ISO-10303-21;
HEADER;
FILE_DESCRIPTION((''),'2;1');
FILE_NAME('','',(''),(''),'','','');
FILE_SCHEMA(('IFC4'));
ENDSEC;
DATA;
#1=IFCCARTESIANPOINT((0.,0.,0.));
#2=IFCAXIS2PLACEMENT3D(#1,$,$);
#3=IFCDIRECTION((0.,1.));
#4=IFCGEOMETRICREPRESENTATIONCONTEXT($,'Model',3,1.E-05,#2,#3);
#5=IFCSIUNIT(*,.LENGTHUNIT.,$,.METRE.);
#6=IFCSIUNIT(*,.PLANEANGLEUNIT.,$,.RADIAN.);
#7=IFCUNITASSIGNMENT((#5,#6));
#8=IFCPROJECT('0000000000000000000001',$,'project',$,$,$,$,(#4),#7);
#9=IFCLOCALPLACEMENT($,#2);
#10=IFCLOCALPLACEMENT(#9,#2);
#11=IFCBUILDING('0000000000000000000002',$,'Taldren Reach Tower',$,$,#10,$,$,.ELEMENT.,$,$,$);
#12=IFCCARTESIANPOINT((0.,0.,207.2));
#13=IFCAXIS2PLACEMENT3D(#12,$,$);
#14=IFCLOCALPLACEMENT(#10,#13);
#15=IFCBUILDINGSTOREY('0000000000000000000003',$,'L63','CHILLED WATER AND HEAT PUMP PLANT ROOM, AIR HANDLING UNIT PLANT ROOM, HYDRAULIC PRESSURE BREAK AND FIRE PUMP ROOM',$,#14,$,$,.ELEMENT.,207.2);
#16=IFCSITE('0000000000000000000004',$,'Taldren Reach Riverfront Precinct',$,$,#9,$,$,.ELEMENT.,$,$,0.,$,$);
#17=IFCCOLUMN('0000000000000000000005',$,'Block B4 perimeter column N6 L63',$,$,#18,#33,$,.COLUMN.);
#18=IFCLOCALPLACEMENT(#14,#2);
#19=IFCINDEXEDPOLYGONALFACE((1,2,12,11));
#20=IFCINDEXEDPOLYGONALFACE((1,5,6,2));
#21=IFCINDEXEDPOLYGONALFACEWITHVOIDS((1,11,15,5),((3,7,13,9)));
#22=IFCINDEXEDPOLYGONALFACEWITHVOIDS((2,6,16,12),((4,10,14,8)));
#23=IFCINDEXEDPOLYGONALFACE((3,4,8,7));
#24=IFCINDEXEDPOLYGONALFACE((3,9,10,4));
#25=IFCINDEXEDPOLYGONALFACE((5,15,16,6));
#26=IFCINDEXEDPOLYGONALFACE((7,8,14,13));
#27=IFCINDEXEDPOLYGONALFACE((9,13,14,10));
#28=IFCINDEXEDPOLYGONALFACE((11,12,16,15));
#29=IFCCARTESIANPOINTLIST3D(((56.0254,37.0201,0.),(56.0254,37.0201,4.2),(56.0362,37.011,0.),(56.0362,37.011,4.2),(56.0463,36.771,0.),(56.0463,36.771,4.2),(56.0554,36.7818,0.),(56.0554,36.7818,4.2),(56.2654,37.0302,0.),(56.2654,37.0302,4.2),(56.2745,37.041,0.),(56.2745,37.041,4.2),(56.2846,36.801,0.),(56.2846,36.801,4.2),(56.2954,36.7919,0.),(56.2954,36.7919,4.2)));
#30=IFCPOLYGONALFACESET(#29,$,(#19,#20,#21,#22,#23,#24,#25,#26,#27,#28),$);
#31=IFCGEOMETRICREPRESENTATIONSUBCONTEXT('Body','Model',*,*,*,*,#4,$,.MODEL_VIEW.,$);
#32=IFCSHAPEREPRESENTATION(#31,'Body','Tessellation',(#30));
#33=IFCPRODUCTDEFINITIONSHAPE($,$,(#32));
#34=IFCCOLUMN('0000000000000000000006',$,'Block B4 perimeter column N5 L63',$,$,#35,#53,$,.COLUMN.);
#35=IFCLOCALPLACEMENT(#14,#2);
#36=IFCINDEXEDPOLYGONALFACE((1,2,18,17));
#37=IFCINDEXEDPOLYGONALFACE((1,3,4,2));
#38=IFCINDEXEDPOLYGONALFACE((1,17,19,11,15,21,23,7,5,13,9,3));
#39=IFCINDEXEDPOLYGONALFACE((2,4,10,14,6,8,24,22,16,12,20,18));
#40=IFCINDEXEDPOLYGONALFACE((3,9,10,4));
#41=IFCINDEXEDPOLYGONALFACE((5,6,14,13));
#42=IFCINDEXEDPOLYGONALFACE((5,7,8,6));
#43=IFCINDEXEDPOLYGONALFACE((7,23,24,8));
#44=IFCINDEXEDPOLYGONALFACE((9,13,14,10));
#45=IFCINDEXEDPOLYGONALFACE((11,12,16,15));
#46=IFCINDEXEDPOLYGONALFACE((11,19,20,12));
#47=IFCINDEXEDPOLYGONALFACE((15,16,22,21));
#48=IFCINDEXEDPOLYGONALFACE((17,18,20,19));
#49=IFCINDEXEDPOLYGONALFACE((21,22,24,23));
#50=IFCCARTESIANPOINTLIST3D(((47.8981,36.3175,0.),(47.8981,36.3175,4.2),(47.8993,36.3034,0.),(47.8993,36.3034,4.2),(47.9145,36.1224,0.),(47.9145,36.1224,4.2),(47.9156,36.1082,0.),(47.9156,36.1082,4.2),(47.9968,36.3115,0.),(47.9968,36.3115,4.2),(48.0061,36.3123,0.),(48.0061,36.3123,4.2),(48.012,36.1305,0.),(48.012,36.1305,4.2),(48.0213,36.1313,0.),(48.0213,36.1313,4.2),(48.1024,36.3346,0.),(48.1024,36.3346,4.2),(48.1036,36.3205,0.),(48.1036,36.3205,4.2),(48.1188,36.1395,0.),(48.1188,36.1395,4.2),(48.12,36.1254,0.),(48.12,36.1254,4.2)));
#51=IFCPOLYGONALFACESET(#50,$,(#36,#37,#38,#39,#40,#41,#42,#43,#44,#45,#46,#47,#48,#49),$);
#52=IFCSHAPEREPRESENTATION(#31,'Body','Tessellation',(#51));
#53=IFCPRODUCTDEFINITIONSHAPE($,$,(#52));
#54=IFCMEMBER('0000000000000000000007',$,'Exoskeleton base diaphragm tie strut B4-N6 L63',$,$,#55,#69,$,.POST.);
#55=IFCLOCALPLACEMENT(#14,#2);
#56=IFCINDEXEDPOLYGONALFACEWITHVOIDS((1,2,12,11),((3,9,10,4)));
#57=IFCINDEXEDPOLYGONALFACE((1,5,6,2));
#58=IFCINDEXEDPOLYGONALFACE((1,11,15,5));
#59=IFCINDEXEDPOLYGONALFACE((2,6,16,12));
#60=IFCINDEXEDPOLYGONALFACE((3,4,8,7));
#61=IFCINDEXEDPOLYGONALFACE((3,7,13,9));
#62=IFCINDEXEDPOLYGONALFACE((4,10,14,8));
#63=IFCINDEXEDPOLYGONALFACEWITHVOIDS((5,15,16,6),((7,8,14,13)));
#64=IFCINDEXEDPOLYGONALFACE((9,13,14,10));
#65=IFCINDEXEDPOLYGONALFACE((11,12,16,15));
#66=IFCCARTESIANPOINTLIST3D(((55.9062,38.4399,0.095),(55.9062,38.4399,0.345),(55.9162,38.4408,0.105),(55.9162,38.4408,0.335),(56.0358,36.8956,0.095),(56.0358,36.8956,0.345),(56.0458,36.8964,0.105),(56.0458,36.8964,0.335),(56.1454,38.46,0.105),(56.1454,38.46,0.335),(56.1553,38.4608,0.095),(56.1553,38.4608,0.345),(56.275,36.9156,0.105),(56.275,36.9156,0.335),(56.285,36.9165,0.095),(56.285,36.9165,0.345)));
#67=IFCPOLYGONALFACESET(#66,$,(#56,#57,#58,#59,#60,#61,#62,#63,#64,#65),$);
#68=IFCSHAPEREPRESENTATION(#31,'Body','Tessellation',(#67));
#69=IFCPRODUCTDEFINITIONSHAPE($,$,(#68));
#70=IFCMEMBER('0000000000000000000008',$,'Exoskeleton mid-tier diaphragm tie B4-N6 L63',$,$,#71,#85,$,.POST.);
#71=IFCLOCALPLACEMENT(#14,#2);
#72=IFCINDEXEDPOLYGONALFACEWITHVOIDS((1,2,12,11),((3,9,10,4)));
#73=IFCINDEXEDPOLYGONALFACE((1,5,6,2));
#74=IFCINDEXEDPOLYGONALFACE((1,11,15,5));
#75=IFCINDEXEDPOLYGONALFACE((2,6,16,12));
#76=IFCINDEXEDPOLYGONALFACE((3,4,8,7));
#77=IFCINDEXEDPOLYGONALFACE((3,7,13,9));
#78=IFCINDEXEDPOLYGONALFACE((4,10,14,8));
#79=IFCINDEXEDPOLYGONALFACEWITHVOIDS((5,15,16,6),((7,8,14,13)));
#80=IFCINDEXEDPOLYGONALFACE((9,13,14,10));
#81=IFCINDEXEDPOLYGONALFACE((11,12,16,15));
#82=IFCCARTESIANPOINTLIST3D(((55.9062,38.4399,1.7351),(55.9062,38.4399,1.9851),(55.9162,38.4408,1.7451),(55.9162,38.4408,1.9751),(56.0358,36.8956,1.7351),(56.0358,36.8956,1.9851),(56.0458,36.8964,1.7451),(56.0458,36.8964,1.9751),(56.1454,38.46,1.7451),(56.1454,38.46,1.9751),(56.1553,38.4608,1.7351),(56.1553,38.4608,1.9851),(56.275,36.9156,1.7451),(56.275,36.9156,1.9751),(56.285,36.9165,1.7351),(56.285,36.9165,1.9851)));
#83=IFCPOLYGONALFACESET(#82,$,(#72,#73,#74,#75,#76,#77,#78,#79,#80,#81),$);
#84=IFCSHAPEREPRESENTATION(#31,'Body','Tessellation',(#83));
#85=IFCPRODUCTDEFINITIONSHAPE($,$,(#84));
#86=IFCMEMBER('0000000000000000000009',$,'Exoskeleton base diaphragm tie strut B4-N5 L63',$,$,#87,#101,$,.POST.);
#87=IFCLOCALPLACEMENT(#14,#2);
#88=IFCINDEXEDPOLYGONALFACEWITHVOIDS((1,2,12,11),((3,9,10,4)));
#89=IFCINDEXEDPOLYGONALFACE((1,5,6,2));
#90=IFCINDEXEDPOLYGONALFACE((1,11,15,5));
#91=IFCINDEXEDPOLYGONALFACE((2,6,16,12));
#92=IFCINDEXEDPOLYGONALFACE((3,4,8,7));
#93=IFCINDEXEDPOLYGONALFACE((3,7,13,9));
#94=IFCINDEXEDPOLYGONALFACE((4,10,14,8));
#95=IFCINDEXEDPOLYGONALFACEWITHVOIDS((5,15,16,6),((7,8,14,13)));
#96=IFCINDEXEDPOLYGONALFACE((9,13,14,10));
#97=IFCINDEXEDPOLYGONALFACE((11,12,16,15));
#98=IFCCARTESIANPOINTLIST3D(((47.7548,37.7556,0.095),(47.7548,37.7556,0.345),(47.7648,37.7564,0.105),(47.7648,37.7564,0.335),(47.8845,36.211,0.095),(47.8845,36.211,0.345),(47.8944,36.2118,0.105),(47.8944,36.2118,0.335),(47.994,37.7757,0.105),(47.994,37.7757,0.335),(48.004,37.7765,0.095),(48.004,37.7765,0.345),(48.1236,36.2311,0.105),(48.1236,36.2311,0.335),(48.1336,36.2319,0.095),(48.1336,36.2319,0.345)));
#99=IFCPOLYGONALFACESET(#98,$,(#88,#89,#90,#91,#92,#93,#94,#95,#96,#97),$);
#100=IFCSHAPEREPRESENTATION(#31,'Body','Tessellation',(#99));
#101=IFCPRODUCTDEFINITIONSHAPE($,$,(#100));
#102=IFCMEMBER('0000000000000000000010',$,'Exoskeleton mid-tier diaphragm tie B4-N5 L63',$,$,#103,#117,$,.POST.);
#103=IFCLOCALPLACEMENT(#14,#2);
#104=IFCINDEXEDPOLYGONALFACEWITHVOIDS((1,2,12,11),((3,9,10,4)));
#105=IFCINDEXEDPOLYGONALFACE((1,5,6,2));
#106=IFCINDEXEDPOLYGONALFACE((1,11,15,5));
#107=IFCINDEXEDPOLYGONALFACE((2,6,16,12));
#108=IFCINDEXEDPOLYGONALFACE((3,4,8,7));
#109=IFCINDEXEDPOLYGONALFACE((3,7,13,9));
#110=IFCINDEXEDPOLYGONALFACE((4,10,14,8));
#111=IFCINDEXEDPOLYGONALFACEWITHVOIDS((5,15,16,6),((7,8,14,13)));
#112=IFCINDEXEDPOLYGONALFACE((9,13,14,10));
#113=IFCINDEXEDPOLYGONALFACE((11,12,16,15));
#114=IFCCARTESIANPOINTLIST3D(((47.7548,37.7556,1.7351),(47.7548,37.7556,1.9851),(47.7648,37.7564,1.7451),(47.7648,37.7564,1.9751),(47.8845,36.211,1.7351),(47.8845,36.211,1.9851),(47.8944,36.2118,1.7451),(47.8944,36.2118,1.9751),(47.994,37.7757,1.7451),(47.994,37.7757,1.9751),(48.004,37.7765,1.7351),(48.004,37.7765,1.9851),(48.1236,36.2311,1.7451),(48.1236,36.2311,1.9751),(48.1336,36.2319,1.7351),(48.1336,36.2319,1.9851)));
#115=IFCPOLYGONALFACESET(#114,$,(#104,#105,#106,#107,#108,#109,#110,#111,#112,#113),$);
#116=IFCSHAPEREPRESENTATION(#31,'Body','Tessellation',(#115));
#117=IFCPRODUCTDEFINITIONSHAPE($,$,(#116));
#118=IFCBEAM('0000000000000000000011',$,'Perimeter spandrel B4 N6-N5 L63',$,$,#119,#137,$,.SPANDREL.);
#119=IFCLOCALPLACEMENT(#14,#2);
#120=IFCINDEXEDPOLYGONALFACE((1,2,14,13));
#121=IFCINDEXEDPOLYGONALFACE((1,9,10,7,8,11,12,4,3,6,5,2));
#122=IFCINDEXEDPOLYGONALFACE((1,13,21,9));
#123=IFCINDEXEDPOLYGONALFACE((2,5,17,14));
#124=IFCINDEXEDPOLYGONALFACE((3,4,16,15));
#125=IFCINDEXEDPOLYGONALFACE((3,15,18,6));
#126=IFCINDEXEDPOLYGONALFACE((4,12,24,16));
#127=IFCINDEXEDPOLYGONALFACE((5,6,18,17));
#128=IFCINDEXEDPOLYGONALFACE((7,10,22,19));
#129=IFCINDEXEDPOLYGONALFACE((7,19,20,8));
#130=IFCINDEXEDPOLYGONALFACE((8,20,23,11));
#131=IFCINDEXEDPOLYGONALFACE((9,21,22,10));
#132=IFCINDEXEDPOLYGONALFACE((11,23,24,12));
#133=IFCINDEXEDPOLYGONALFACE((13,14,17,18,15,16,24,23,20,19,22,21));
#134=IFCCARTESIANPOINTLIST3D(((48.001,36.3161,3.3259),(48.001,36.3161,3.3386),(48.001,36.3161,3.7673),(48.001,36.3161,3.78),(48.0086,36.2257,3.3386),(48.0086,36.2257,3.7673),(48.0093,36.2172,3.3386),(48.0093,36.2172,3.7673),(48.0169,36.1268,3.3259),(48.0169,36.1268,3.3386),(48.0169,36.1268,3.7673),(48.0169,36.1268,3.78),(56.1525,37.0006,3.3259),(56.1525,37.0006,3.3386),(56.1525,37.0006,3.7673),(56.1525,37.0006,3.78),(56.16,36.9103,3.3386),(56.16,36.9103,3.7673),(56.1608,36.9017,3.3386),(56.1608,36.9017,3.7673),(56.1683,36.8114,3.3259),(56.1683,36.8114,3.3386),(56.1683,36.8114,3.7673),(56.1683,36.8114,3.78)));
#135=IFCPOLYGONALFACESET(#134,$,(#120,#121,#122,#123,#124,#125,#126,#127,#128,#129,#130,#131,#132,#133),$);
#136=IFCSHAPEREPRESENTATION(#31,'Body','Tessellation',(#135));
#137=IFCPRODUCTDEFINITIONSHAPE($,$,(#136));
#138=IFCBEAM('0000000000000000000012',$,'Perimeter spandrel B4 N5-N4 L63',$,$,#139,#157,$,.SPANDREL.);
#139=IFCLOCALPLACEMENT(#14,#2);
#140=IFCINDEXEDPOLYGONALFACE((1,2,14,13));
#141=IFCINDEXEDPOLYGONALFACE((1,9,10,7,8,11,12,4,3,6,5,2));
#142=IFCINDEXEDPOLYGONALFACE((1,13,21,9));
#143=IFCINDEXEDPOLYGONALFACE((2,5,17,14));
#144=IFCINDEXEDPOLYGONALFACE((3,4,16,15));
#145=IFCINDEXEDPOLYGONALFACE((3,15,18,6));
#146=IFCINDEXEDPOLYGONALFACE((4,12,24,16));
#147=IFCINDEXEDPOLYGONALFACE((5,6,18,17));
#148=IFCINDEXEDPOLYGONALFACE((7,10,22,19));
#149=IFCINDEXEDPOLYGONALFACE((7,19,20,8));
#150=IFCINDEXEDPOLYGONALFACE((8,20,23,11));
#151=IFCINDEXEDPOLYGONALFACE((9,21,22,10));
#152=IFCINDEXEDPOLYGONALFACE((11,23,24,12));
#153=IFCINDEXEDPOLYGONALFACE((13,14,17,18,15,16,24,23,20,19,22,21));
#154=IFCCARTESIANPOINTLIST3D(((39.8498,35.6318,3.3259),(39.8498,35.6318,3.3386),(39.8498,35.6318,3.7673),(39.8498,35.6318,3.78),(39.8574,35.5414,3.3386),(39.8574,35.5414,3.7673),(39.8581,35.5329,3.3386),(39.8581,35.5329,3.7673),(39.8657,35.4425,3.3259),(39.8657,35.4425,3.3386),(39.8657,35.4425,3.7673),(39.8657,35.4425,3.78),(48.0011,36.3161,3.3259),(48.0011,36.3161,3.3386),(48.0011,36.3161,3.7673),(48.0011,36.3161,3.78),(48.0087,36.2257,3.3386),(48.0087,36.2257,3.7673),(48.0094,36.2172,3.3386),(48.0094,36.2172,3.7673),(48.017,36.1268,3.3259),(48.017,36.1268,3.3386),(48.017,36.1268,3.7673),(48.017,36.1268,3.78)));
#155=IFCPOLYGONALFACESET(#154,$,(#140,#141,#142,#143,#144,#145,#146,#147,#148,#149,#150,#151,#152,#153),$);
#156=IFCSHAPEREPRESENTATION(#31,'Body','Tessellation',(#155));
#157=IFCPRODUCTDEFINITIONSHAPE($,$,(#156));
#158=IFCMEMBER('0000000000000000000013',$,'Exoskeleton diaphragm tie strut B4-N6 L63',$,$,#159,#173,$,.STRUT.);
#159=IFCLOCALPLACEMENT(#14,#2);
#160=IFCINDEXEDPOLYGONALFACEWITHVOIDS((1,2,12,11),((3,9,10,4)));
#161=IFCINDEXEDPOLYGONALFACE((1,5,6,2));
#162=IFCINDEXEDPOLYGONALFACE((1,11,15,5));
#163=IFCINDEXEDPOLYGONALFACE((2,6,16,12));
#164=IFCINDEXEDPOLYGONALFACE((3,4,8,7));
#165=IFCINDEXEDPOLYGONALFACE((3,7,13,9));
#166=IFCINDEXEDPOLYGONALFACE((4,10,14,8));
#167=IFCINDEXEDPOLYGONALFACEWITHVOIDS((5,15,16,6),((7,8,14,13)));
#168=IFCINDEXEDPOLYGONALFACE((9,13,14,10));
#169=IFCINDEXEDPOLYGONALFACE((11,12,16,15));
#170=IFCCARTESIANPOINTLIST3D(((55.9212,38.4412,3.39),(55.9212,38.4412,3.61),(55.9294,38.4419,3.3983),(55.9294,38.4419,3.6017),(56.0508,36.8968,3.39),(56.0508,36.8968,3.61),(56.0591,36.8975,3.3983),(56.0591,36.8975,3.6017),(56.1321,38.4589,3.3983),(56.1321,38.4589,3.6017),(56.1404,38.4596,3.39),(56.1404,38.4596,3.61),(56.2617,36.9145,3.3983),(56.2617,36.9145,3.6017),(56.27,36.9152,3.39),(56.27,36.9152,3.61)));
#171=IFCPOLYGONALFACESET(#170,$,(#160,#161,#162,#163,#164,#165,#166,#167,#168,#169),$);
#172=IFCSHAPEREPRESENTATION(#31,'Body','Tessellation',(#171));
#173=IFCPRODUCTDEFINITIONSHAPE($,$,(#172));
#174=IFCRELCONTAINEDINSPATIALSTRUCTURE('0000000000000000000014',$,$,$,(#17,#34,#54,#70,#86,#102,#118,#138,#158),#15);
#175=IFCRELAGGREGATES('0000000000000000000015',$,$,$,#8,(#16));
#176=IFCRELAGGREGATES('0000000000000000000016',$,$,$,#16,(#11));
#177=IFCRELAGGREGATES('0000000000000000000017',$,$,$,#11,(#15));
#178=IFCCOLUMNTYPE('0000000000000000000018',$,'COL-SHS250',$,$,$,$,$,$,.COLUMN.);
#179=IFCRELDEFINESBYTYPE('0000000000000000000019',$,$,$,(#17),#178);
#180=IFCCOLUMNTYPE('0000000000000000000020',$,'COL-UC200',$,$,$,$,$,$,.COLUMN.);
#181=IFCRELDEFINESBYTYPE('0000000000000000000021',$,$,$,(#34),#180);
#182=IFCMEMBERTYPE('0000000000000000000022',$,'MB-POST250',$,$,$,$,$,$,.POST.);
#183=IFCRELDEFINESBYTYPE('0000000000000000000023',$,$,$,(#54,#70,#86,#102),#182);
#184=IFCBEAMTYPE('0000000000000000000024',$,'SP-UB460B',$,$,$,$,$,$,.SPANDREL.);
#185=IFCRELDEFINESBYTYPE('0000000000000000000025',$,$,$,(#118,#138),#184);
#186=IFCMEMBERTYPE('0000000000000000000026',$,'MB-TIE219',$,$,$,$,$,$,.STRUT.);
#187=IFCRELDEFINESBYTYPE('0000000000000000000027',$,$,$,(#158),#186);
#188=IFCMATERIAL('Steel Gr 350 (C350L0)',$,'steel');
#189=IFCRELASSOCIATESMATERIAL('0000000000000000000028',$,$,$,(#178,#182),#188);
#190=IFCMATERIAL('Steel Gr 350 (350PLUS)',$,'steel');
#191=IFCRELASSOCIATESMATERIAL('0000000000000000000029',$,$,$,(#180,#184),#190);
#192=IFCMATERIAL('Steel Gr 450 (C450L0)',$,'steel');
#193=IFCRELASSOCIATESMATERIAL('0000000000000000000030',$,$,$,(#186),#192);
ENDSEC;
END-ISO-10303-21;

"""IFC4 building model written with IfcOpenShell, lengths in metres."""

from ifc_helpers import new_model, si_unit, direction, frame, origin, origin_2d, place, context, subcontext, project, spatial, hollow_rectangle, i_section, extrude, source, transform, mapped, material, material_profile, profile_set, type_object, element, save


model = new_model("IFC4")

# Units and contexts
model_context = context("Model", 3, precision=1e-05, world=origin(), true_north=direction((0.0, 1.0)))
body_context = subcontext(model_context, "Body", "Model", "MODEL_VIEW")
ifc_project = project(units=[si_unit("LENGTHUNIT", "METRE"), si_unit("PLANEANGLEUNIT", "RADIAN")], contexts=[model_context])

# Site, building, storey
site_placement = place(None, origin())
site = spatial("IfcSite", under=ifc_project, at=site_placement, Name="Taldren Reach Riverfront Precinct", CompositionType="ELEMENT", RefElevation=0.0)
building_placement = place(site_placement, origin())
building = spatial("IfcBuilding", under=site, at=building_placement, Name="Taldren Reach Tower", CompositionType="ELEMENT")
storey_placement = place(building_placement, frame((0.0, 0.0, 207.2)))
storey = spatial("IfcBuildingStorey", under=building, at=storey_placement, Name="L63", Description="CHILLED WATER AND HEAT PUMP PLANT ROOM, AIR HANDLING UNIT PLANT ROOM, HYDRAULIC PRESSURE BREAK AND FIRE PUMP ROOM", CompositionType="ELEMENT", Elevation=207.2)

# Columns
ifc_material_1 = material(Name="Steel Gr 350 (C350L0)", Category="steel")
ifc_material_profile_1 = material_profile(ifc_material_1, hollow_rectangle(XDim=0.25, YDim=0.25, WallThickness=0.01, at=origin_2d()), Name="250x250x10.0SHS")
ifc_profile_set_1 = profile_set([ifc_material_profile_1], Name="Steel Gr 350 (C350L0)")
column_type_1 = type_object("IfcColumnType", Name="COL-SHS250", PredefinedType="COLUMN", material=ifc_profile_set_1)
shared_shape_1 = source(origin(), body_context, "Body", "SweptSolid", [
    extrude(hollow_rectangle(XDim=0.25, YDim=0.25, WallThickness=0.01, at=origin_2d()), origin(), (0.0, 0.0, 1.0), 4.2),
])
column_1_placement = place(storey_placement, frame((56.1604, 36.906, 0.0), z_axis=(0.0, 0.0, 1.0), x_axis=(0.996493, 0.083678, 0.0)))
element("IfcColumn", 1, at=column_1_placement, inside=storey, type_object=column_type_1, Name="Block B4 perimeter column N6 L63", PredefinedType="COLUMN", context=body_context, shape_type="MappedRepresentation", body=[
    mapped(shared_shape_1, transform((0.0, 0.0, 0.0), scale=1.0)),
])
ifc_material_2 = material(Name="Steel Gr 350 (350PLUS)", Category="steel")
ifc_material_profile_2 = material_profile(ifc_material_2, i_section(OverallWidth=0.2051, OverallDepth=0.21, WebThickness=0.0093, FlangeThickness=0.0142, at=origin_2d()), Name="200UC59.5")
ifc_profile_set_2 = profile_set([ifc_material_profile_2], Name="Steel Gr 350 (350PLUS)")
column_type_2 = type_object("IfcColumnType", Name="COL-UC200", PredefinedType="COLUMN", material=ifc_profile_set_2)
shared_shape_2 = source(origin(), body_context, "Body", "SweptSolid", [
    extrude(i_section(OverallWidth=0.2051, OverallDepth=0.21, WebThickness=0.0093, FlangeThickness=0.0142, at=origin_2d()), origin(), (0.0, 0.0, 1.0), 4.2),
])
column_2_placement = place(storey_placement, frame((48.009, 36.2214, 0.0), z_axis=(0.0, 0.0, 1.0), x_axis=(0.996493, 0.083678, 0.0)))
element("IfcColumn", 2, at=column_2_placement, inside=storey, type_object=column_type_2, Name="Block B4 perimeter column N5 L63", PredefinedType="COLUMN", context=body_context, shape_type="MappedRepresentation", body=[
    mapped(shared_shape_2, transform((0.0, 0.0, 0.0), scale=1.0)),
])

# Members
ifc_material_profile_3 = material_profile(ifc_material_1, hollow_rectangle(XDim=0.25, YDim=0.25, WallThickness=0.01, at=origin_2d()), Name="250x250x10.0SHS")
ifc_profile_set_3 = profile_set([ifc_material_profile_3], Name="Steel Gr 350 (C350L0)")
member_type_1 = type_object("IfcMemberType", Name="MB-POST250", PredefinedType="POST", material=ifc_profile_set_3)
shared_shape_3 = source(origin(), body_context, "Body", "SweptSolid", [
    extrude(hollow_rectangle(XDim=0.25, YDim=0.25, WallThickness=0.01, at=origin_2d()), origin(), (0.0, 0.0, 1.0), 1.5498),
])
for number, where, z_axis, x_axis, name in (
    (3, (56.1604, 36.906, 0.22), (-0.083645, 0.996496, 0.0), (-0.996496, -0.083645, 0.0), "Exoskeleton base diaphragm tie strut B4-N6 L63"),
    (4, (56.1604, 36.906, 1.8601), (-0.083645, 0.996496, 0.0), (-0.996496, -0.083645, 0.0), "Exoskeleton mid-tier diaphragm tie B4-N6 L63"),
):
    element("IfcMember", number, at=place(storey_placement, frame(where, z_axis=z_axis, x_axis=x_axis)), inside=storey, type_object=member_type_1, Name=name, PredefinedType="POST", context=body_context, shape_type="MappedRepresentation", body=[
        mapped(shared_shape_3, transform((0.0, 0.0, 0.0), scale=1.0)),
    ])
shared_shape_4 = source(origin(), body_context, "Body", "SweptSolid", [
    extrude(hollow_rectangle(XDim=0.25, YDim=0.25, WallThickness=0.01, at=origin_2d()), origin(), (0.0, 0.0, 1.0), 1.55),
])
for number, where, z_axis, x_axis, name in (
    (5, (48.009, 36.2214, 0.22), (-0.083632, 0.996497, 0.0), (-0.996497, -0.083632, 0.0), "Exoskeleton base diaphragm tie strut B4-N5 L63"),
    (6, (48.009, 36.2214, 1.8601), (-0.083632, 0.996497, 0.0), (-0.996497, -0.083632, 0.0), "Exoskeleton mid-tier diaphragm tie B4-N5 L63"),
):
    element("IfcMember", number, at=place(storey_placement, frame(where, z_axis=z_axis, x_axis=x_axis)), inside=storey, type_object=member_type_1, Name=name, PredefinedType="POST", context=body_context, shape_type="MappedRepresentation", body=[
        mapped(shared_shape_4, transform((0.0, 0.0, 0.0), scale=1.0)),
    ])

# Beams
ifc_material_profile_4 = material_profile(ifc_material_2, i_section(OverallWidth=0.1899, OverallDepth=0.4541, WebThickness=0.0085, FlangeThickness=0.0127, at=origin_2d()), Name="460UB67.1")
ifc_profile_set_4 = profile_set([ifc_material_profile_4], Name="Steel Gr 350 (350PLUS)")
beam_type = type_object("IfcBeamType", Name="SP-UB460B", PredefinedType="SPANDREL", material=ifc_profile_set_4)
shared_shape_5 = source(origin(), body_context, "Body", "SweptSolid", [
    extrude(i_section(OverallWidth=0.1899, OverallDepth=0.4541, WebThickness=0.0085, FlangeThickness=0.0127, at=origin_2d()), origin(), (0.0, 0.0, 1.0), 8.1802),
])
beam_1_placement = place(storey_placement, frame((56.1604, 36.906, 3.553), z_axis=(-0.996492, -0.083688, 0.0), x_axis=(0.083688, -0.996492, 0.0)))
element("IfcBeam", 7, at=beam_1_placement, inside=storey, type_object=beam_type, Name="Perimeter spandrel B4 N6-N5 L63", PredefinedType="SPANDREL", context=body_context, shape_type="MappedRepresentation", body=[
    mapped(shared_shape_5, transform((0.0, 0.0, 0.0), scale=1.0)),
])
shared_shape_6 = source(origin(), body_context, "Body", "SweptSolid", [
    extrude(i_section(OverallWidth=0.1899, OverallDepth=0.4541, WebThickness=0.0085, FlangeThickness=0.0127, at=origin_2d()), origin(), (0.0, 0.0, 1.0), 8.1799),
])
beam_2_placement = place(storey_placement, frame((48.009, 36.2214, 3.553), z_axis=(-0.996495, -0.083658, 0.0), x_axis=(0.083658, -0.996495, 0.0)))
element("IfcBeam", 8, at=beam_2_placement, inside=storey, type_object=beam_type, Name="Perimeter spandrel B4 N5-N4 L63", PredefinedType="SPANDREL", context=body_context, shape_type="MappedRepresentation", body=[
    mapped(shared_shape_6, transform((0.0, 0.0, 0.0), scale=1.0)),
])

# Member
ifc_material_3 = material(Name="Steel Gr 450 (C450L0)", Category="steel")
ifc_material_profile_5 = material_profile(ifc_material_3, hollow_rectangle(XDim=0.22, YDim=0.22, WallThickness=0.0083, at=origin_2d()), Name="220x220x8.2SHS")
ifc_profile_set_5 = profile_set([ifc_material_profile_5], Name="Steel Gr 450 (C450L0)")
member_type_2 = type_object("IfcMemberType", Name="MB-TIE219", PredefinedType="STRUT", material=ifc_profile_set_5)
shared_shape_7 = source(origin(), body_context, "Body", "SweptSolid", [
    extrude(hollow_rectangle(XDim=0.22, YDim=0.22, WallThickness=0.0083, at=origin_2d()), origin(), (0.0, 0.0, 1.0), 1.5498),
])
member_1_placement = place(storey_placement, frame((56.1604, 36.906, 3.5), z_axis=(-0.083645, 0.996496, 0.0), x_axis=(-0.996496, -0.083645, 0.0)))
element("IfcMember", 9, at=member_1_placement, inside=storey, type_object=member_type_2, Name="Exoskeleton diaphragm tie strut B4-N6 L63", PredefinedType="STRUT", context=body_context, shape_type="MappedRepresentation", body=[
    mapped(shared_shape_7, transform((0.0, 0.0, 0.0), scale=1.0)),
])

save(model, "model.ifc")
